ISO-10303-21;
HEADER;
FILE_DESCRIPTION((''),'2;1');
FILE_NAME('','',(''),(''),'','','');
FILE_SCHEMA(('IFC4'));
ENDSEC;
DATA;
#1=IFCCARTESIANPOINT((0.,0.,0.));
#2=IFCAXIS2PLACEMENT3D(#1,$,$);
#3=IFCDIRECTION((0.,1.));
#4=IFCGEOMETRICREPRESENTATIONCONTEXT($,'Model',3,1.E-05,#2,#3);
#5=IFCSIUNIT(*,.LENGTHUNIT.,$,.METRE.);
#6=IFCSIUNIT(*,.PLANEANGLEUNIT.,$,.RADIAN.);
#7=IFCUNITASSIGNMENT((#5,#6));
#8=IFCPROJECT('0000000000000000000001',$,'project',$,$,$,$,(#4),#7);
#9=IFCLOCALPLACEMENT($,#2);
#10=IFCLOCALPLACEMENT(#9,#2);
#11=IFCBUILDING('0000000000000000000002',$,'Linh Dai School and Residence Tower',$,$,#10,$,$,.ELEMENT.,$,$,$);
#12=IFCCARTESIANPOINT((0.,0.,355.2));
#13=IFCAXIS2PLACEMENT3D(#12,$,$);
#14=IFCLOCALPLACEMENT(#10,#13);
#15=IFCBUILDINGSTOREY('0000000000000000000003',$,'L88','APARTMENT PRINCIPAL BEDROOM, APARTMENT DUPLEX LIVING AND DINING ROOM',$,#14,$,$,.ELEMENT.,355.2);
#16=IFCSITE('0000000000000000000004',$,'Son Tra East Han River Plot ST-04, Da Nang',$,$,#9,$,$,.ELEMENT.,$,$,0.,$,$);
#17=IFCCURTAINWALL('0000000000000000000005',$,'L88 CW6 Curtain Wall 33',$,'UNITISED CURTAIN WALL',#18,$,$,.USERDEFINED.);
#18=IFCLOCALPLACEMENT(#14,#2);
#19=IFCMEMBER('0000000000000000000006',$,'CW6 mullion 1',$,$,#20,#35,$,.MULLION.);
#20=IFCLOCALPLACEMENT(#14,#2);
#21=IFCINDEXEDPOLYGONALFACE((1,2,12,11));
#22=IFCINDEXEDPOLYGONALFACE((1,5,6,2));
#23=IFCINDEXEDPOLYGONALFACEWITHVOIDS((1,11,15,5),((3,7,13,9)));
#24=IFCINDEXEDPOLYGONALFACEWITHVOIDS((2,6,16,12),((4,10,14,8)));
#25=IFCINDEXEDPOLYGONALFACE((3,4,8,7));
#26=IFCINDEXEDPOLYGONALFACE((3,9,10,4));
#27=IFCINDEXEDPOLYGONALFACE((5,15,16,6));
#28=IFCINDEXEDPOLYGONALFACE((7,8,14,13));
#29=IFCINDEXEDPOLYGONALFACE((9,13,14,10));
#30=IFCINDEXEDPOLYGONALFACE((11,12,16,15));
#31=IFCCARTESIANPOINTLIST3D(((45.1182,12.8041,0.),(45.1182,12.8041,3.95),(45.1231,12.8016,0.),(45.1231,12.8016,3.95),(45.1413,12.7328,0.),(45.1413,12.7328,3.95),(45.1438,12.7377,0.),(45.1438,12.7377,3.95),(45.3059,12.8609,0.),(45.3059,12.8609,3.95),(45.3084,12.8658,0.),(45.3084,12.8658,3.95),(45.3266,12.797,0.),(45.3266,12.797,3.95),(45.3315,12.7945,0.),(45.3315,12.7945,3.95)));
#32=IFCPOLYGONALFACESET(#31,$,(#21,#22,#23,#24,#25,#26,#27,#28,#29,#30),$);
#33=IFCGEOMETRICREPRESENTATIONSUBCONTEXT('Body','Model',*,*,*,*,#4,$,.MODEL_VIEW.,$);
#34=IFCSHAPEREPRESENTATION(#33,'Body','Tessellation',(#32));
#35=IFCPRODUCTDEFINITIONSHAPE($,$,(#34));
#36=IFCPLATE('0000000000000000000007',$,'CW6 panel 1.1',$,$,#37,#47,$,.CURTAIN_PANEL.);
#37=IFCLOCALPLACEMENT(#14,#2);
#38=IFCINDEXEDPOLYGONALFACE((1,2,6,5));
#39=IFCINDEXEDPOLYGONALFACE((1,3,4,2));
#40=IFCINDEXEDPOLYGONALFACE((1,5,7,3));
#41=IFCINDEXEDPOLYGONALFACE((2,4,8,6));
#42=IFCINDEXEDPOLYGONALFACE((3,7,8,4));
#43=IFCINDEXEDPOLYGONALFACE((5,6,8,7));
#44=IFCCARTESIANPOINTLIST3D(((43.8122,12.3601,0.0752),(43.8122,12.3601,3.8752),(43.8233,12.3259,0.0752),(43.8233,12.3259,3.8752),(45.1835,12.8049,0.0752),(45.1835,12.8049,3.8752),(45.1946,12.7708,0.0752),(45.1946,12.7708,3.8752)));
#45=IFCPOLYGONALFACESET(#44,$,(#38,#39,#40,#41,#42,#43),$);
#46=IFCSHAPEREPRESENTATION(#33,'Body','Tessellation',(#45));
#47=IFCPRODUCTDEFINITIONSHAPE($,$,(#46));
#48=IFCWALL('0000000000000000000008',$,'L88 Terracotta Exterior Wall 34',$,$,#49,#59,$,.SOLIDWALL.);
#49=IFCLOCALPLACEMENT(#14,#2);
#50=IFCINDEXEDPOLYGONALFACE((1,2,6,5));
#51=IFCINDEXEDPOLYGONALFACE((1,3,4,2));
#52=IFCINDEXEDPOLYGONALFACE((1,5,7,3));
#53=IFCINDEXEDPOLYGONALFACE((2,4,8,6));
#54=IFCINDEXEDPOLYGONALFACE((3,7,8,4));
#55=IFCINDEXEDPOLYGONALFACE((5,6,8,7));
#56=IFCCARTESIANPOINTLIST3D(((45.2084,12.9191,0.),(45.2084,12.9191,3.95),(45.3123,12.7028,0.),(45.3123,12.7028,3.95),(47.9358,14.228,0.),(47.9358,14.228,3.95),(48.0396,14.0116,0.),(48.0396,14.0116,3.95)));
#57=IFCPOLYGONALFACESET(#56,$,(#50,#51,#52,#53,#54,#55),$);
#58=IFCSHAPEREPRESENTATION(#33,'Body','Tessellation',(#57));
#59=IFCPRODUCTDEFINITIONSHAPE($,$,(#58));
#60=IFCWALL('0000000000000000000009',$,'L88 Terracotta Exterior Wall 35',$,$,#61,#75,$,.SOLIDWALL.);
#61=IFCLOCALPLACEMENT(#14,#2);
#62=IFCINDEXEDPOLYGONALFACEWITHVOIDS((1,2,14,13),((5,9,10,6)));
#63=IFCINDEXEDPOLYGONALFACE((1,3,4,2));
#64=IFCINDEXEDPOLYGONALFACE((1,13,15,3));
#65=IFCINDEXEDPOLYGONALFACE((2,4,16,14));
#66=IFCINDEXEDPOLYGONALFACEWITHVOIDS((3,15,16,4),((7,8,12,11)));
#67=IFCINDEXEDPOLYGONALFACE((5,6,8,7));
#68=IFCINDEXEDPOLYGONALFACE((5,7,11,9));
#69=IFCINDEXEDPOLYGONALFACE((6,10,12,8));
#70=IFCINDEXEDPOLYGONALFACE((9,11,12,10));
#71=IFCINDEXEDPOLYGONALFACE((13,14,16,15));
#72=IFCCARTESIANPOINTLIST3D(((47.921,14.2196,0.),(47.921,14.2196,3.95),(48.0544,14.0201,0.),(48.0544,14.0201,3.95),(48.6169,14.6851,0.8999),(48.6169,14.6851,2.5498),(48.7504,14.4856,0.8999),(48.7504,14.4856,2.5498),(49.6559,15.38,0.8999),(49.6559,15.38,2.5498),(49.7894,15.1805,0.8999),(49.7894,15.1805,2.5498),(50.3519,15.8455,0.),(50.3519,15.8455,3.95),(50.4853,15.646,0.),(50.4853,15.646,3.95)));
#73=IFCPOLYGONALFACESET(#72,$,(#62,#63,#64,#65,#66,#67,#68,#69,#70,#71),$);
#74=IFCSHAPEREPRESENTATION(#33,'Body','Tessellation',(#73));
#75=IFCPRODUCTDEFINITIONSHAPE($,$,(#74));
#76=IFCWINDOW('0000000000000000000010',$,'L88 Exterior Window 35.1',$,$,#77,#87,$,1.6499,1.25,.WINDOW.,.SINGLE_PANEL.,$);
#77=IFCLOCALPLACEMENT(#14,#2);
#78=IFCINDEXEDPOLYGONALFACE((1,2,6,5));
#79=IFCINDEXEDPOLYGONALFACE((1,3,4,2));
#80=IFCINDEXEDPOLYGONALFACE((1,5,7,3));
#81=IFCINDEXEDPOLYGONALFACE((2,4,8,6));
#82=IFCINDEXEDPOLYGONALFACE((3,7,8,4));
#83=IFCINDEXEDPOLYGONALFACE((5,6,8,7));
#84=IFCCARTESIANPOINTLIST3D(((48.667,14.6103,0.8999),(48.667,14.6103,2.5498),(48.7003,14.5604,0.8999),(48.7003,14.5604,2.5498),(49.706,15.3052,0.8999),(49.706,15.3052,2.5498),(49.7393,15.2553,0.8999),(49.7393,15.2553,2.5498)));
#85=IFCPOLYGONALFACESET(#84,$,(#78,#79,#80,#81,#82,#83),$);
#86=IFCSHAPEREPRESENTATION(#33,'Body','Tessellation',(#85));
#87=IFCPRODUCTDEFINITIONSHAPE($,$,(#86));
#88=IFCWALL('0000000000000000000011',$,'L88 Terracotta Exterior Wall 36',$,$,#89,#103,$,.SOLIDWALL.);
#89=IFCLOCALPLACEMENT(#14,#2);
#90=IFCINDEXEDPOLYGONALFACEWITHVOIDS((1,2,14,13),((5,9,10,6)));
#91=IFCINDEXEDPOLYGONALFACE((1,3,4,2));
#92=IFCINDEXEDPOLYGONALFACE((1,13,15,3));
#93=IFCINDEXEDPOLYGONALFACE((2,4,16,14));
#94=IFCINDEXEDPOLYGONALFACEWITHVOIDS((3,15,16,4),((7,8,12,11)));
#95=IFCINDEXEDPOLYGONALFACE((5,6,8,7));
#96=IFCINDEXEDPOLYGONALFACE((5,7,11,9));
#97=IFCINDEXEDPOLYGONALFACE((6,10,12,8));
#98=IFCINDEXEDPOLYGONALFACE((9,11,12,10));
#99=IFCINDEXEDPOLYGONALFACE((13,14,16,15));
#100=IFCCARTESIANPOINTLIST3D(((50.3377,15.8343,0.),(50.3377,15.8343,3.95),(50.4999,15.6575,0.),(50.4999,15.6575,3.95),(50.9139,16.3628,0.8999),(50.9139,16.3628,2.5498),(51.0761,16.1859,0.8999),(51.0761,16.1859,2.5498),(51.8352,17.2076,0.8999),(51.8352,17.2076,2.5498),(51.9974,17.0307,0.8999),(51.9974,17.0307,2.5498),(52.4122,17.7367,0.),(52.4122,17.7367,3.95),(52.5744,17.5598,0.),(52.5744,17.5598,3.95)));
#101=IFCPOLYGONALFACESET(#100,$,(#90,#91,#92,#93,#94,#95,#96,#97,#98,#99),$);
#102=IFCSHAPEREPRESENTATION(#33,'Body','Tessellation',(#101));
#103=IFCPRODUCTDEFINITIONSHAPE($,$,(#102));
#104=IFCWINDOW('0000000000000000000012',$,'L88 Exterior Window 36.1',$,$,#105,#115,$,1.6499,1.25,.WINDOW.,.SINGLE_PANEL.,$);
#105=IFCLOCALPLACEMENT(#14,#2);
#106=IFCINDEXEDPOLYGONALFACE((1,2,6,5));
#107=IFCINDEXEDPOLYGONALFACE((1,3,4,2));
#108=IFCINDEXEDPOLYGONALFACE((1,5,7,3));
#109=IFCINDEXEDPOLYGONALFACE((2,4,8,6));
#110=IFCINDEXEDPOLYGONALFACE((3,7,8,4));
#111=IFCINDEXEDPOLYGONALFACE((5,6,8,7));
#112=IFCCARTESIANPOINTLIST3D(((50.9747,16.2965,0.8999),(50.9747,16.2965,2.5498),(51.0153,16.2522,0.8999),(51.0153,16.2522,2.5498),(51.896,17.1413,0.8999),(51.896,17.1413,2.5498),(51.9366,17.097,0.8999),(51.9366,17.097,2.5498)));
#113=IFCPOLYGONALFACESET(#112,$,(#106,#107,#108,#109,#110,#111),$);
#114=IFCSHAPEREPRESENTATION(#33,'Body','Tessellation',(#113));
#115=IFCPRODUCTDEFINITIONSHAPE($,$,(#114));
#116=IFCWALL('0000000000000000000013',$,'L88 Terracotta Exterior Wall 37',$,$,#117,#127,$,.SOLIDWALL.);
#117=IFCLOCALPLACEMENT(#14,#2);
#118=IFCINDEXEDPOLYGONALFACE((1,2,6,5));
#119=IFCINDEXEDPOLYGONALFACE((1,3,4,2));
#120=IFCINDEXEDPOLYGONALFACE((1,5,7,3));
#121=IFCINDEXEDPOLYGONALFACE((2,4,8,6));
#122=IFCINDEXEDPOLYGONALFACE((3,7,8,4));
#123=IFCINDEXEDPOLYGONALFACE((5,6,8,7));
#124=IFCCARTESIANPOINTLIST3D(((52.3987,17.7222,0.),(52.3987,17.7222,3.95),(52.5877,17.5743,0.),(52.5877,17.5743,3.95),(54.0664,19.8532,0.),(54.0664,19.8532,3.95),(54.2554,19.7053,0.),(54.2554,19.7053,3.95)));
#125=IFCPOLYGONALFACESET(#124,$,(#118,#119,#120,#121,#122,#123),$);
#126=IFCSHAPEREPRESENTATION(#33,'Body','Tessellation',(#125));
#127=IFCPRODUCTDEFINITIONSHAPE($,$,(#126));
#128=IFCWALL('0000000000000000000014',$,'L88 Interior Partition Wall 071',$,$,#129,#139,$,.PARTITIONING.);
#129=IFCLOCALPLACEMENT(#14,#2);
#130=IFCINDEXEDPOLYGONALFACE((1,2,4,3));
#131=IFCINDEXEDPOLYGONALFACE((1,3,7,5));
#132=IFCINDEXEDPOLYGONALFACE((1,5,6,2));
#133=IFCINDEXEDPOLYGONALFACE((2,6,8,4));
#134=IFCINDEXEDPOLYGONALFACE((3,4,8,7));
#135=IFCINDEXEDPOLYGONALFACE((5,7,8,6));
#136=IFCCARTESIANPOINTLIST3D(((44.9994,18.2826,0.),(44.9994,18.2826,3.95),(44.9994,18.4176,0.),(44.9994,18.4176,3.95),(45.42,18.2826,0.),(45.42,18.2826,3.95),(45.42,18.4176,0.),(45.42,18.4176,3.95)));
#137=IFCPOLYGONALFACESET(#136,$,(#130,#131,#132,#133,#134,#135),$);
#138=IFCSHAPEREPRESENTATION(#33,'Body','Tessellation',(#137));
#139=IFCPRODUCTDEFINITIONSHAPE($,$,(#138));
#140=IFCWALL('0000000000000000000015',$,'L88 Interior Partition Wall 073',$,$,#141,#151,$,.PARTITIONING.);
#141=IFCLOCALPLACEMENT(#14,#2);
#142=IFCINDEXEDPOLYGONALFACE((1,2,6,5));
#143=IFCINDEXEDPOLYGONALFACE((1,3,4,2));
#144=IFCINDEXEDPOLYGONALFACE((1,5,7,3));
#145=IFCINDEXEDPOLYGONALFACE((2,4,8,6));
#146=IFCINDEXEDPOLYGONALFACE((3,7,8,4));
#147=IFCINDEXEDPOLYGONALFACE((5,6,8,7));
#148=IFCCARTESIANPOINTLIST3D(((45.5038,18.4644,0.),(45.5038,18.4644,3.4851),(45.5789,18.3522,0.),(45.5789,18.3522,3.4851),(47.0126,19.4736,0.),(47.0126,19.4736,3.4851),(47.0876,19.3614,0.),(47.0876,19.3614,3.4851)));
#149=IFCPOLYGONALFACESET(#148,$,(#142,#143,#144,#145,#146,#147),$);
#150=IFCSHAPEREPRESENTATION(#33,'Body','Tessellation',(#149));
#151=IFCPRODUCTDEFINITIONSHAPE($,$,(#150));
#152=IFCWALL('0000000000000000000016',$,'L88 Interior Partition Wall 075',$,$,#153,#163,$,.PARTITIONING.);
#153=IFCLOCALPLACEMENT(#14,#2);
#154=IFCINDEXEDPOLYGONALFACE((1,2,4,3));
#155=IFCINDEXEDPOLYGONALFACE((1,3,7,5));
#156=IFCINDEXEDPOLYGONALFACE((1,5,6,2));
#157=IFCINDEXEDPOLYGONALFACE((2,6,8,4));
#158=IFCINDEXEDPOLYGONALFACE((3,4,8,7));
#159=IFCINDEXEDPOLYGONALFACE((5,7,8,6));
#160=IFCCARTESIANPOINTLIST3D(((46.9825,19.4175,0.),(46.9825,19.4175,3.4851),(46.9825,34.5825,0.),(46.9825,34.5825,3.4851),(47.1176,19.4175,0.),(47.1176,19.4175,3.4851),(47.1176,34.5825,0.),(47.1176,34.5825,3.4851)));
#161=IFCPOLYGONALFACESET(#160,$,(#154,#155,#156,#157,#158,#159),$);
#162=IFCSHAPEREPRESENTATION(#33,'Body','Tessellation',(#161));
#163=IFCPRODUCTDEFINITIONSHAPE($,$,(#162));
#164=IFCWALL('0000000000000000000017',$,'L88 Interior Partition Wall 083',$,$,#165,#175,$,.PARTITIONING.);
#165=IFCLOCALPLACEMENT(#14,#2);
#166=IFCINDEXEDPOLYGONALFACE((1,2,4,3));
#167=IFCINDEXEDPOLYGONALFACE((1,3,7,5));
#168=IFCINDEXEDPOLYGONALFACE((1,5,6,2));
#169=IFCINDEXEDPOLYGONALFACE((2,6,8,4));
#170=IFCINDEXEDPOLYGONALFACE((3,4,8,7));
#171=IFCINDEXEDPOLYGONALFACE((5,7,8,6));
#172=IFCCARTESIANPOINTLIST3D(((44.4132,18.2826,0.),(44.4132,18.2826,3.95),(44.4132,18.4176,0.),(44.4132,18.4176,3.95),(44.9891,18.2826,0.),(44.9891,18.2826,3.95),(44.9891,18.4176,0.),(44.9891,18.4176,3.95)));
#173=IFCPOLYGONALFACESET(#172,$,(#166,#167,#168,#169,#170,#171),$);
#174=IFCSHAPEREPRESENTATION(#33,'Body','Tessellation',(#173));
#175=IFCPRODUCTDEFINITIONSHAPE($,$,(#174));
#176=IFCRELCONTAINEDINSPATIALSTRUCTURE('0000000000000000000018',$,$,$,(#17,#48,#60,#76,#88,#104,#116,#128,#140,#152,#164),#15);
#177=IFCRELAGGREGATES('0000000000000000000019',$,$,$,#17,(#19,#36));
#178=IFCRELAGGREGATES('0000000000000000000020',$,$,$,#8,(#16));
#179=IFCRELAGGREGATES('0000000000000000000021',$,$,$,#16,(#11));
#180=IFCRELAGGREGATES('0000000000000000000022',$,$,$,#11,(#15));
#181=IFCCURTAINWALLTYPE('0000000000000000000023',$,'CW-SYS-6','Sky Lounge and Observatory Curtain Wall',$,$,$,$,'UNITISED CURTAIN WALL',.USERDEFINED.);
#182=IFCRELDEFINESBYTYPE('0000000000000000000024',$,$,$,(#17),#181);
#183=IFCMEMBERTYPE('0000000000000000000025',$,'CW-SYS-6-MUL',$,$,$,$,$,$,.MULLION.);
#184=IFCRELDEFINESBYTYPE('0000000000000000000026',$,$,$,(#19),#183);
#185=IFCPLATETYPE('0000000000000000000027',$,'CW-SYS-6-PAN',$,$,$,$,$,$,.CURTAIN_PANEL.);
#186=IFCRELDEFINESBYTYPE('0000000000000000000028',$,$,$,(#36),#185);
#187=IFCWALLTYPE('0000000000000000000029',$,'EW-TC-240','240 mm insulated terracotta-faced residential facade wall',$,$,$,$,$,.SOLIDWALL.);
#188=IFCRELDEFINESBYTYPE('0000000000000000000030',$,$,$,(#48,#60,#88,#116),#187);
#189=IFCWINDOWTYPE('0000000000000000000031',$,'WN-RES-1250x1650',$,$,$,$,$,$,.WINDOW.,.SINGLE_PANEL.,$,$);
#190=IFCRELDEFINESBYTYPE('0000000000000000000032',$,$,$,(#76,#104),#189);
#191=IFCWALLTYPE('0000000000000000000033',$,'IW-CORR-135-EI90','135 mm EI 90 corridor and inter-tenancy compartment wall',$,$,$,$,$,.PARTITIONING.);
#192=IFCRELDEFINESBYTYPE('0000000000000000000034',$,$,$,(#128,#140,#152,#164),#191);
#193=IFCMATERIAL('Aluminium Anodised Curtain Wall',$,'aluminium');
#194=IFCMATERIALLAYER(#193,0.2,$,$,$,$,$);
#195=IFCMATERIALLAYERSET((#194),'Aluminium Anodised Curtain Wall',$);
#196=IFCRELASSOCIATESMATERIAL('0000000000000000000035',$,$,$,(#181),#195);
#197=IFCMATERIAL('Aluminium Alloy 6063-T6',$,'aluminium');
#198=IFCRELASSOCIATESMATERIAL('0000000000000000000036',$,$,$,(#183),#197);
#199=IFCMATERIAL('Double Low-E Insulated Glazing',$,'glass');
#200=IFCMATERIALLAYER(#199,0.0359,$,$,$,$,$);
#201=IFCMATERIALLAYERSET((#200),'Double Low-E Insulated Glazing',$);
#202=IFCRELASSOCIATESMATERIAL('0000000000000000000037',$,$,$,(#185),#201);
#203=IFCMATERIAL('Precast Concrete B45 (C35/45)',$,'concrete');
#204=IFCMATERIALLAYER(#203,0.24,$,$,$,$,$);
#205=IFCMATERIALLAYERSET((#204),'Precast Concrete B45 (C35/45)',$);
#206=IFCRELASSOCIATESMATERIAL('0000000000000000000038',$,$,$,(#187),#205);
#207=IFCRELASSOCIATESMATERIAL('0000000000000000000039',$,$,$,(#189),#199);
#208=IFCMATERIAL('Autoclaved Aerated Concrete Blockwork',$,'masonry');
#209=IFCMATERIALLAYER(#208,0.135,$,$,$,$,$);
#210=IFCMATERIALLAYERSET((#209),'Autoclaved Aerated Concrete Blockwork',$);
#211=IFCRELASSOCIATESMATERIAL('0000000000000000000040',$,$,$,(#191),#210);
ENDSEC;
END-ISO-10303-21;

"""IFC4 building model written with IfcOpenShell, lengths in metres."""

from ifc_helpers import new_model, si_unit, direction, frame, frame_2d, origin, origin_2d, place, context, subcontext, project, spatial, rectangle, hollow_rectangle, extrude, source, transform, mapped, material, layer, layer_set, material_profile, profile_set, type_object, element, fill, aggregate, save


model = new_model("IFC4")

# Units and contexts
model_context = context("Model", 3, precision=1e-05, world=origin(), true_north=direction((0.0, 1.0)))
body_context = subcontext(model_context, "Body", "Model", "MODEL_VIEW")
ifc_project = project(units=[si_unit("LENGTHUNIT", "METRE"), si_unit("PLANEANGLEUNIT", "RADIAN")], contexts=[model_context])

# Site, building, storey
site_placement = place(None, origin())
site = spatial("IfcSite", under=ifc_project, at=site_placement, Name="Son Tra East Han River Plot ST-04, Da Nang", CompositionType="ELEMENT", RefElevation=0.0)
building_placement = place(site_placement, origin())
building = spatial("IfcBuilding", under=site, at=building_placement, Name="Linh Dai School and Residence Tower", CompositionType="ELEMENT")
storey_placement = place(building_placement, frame((0.0, 0.0, 355.2)))
storey = spatial("IfcBuildingStorey", under=building, at=storey_placement, Name="L88", Description="APARTMENT PRINCIPAL BEDROOM, APARTMENT DUPLEX LIVING AND DINING ROOM", CompositionType="ELEMENT", Elevation=355.2)

# Curtain wall, member, plate
ifc_material_1 = material(Name="Aluminium Anodised Curtain Wall", Category="aluminium")
ifc_layer_1 = layer(ifc_material_1, 0.2)
ifc_layer_set_1 = layer_set([ifc_layer_1], Name="Aluminium Anodised Curtain Wall")
curtain_wall_type = type_object("IfcCurtainWallType", Name="CW-SYS-6", Description="Sky Lounge and Observatory Curtain Wall", ElementType="UNITISED CURTAIN WALL", PredefinedType="USERDEFINED", material=ifc_layer_set_1)
curtain_wall_placement = place(storey_placement, origin())
curtain_wall = element("IfcCurtainWall", 1, at=curtain_wall_placement, inside=storey, type_object=curtain_wall_type, Name="L88 CW6 Curtain Wall 33", ObjectType="UNITISED CURTAIN WALL", PredefinedType="USERDEFINED")
ifc_material_2 = material(Name="Aluminium Alloy 6063-T6", Category="aluminium")
ifc_material_profile_1 = material_profile(ifc_material_2, hollow_rectangle(XDim=0.075, YDim=0.2, WallThickness=0.0039, at=origin_2d()), Name="RHS 200x75x4")
ifc_profile_set_1 = profile_set([ifc_material_profile_1], Name="Aluminium Alloy 6063-T6")
member_type_1 = type_object("IfcMemberType", Name="CW-SYS-6-MUL", PredefinedType="MULLION", material=ifc_profile_set_1)
shared_shape_1 = source(origin(), body_context, "Body", "SweptSolid", [
    extrude(hollow_rectangle(XDim=0.075, YDim=0.2, WallThickness=0.0039, at=origin_2d()), origin(), (0.0, 0.0, 1.0), 3.95),
])
member_1_placement = place(storey_placement, frame((45.2249, 12.7993, 0.0), z_axis=(0.0, 0.0, 1.0), x_axis=(0.308565, -0.951203, 0.0)))
member_1 = element("IfcMember", 2, at=member_1_placement, type_object=member_type_1, Name="CW6 mullion 1", PredefinedType="MULLION", context=body_context, shape_type="MappedRepresentation", body=[
    mapped(shared_shape_1, transform((0.0, 0.0, 0.0), x_axis=(1.0, 0.0, 0.0), y_axis=(0.0, 1.0, 0.0), z_axis=(0.0, 0.0, 1.0), scale=1.0)),
])
ifc_material_3 = material(Name="Double Low-E Insulated Glazing", Category="glass")
ifc_layer_2 = layer(ifc_material_3, 0.0359)
ifc_layer_set_2 = layer_set([ifc_layer_2], Name="Double Low-E Insulated Glazing")
plate_type = type_object("IfcPlateType", Name="CW-SYS-6-PAN", PredefinedType="CURTAIN_PANEL", material=ifc_layer_set_2)
shared_shape_2 = source(origin(), body_context, "Body", "SweptSolid", [
    extrude(rectangle(XDim=1.4417, YDim=0.0359, at=origin_2d()), origin(), (0.0, 0.0, 1.0), 3.8),
])
plate_placement = place(storey_placement, frame((44.5034, 12.5654, 0.0752), z_axis=(0.0, 0.0, 1.0), x_axis=(-0.951203, -0.308565, 0.0)))
plate = element("IfcPlate", 3, at=plate_placement, type_object=plate_type, Name="CW6 panel 1.1", PredefinedType="CURTAIN_PANEL", context=body_context, shape_type="MappedRepresentation", body=[
    mapped(shared_shape_2, transform((0.0, 0.0, 0.0), x_axis=(1.0, 0.0, 0.0), y_axis=(0.0, 1.0, 0.0), z_axis=(0.0, 0.0, 1.0), scale=1.0)),
])
aggregate(curtain_wall, [member_1, plate])

# Wall
ifc_material_4 = material(Name="Precast Concrete B45 (C35/45)", Category="concrete")
ifc_layer_3 = layer(ifc_material_4, 0.24)
ifc_layer_set_3 = layer_set([ifc_layer_3], Name="Precast Concrete B45 (C35/45)")
wall_type_1 = type_object("IfcWallType", Name="EW-TC-240", Description="240 mm insulated terracotta-faced residential facade wall", PredefinedType="SOLIDWALL", material=ifc_layer_set_3)
wall_1_placement = place(storey_placement, frame((47.9878, 14.1199, 0.0), z_axis=(0.0, 0.0, 1.0), x_axis=(-0.901557, -0.43266, 0.0)))
element("IfcWall", 4, at=wall_1_placement, inside=storey, type_object=wall_type_1, Name="L88 Terracotta Exterior Wall 34", PredefinedType="SOLIDWALL", context=body_context, shape_type="SweptSolid", body=[
    extrude(rectangle(XDim=3.0251, YDim=0.24, at=frame_2d((1.5127, 0.0))), origin(), (0.0, 0.0, 1.0), 3.95),
])

# Walls, openings, windows
wall_2_placement = place(storey_placement, frame((50.4187, 15.7458, 0.0), z_axis=(0.0, 0.0, 1.0), x_axis=(-0.831202, -0.555971, 0.0)))
wall_2 = element("IfcWall", 5, at=wall_2_placement, inside=storey, type_object=wall_type_1, Name="L88 Terracotta Exterior Wall 35", PredefinedType="SOLIDWALL", context=body_context, shape_type="SweptSolid", body=[
    extrude(rectangle(XDim=2.9246, YDim=0.24, at=frame_2d((1.4624, 0.0))), origin(), (0.0, 0.0, 1.0), 3.95),
])
opening_1_placement = place(wall_2_placement, frame((0.8374, 0.0, 0.8999)))
opening_1 = element("IfcOpeningElement", 6, at=opening_1_placement, cuts=wall_2, PredefinedType="OPENING", context=body_context, shape_type="SweptSolid", body=[
    extrude(rectangle(XDim=1.25, YDim=1.6499, at=origin_2d()), frame((0.625, 0.1299, 0.825), z_axis=(0.0, -1.0, 0.0), x_axis=(1.0, 0.0, 0.0)), (0.0, 0.0, 1.0), 0.26),
])
window_type = type_object("IfcWindowType", Name="WN-RES-1250x1650", PartitioningType="SINGLE_PANEL", PredefinedType="WINDOW", material=ifc_material_3)
shared_shape_3 = source(origin(), body_context, "Body", "SweptSolid", [
    extrude(rectangle(XDim=1.25, YDim=1.6499, at=origin_2d()), frame((0.625, 0.03, 0.825), z_axis=(0.0, -1.0, 0.0), x_axis=(1.0, 0.0, 0.0)), (0.0, 0.0, 1.0), 0.0601),
])
window_1_placement = place(opening_1_placement, origin())
window_1 = element("IfcWindow", 7, at=window_1_placement, inside=storey, type_object=window_type, Name="L88 Exterior Window 35.1", OverallHeight=1.6499, OverallWidth=1.25, PartitioningType="SINGLE_PANEL", PredefinedType="WINDOW", context=body_context, shape_type="MappedRepresentation", body=[
    mapped(shared_shape_3, transform((0.0, 0.0, 0.0), x_axis=(1.0, 0.0, 0.0), y_axis=(0.0, 1.0, 0.0), z_axis=(0.0, 0.0, 1.0), scale=1.0)),
])
fill(opening_1, window_1)
wall_3_placement = place(storey_placement, frame((52.4932, 17.6482, 0.0), z_axis=(0.0, 0.0, 1.0), x_axis=(-0.737021, -0.67587, 0.0)))
wall_3 = element("IfcWall", 8, at=wall_3_placement, inside=storey, type_object=wall_type_1, Name="L88 Terracotta Exterior Wall 36", PredefinedType="SOLIDWALL", context=body_context, shape_type="SweptSolid", body=[
    extrude(rectangle(XDim=2.8147, YDim=0.24, at=frame_2d((1.4072, 0.0))), origin(), (0.0, 0.0, 1.0), 3.95),
])
opening_2_placement = place(wall_3_placement, frame((0.7827, 0.0, 0.8999)))
opening_2 = element("IfcOpeningElement", 9, at=opening_2_placement, cuts=wall_3, PredefinedType="OPENING", context=body_context, shape_type="SweptSolid", body=[
    extrude(rectangle(XDim=1.25, YDim=1.6499, at=origin_2d()), frame((0.625, 0.1299, 0.825), z_axis=(0.0, -1.0, 0.0), x_axis=(1.0, 0.0, 0.0)), (0.0, 0.0, 1.0), 0.26),
])
window_2_placement = place(opening_2_placement, origin())
window_2 = element("IfcWindow", 10, at=window_2_placement, inside=storey, type_object=window_type, Name="L88 Exterior Window 36.1", OverallHeight=1.6499, OverallWidth=1.25, PartitioningType="SINGLE_PANEL", PredefinedType="WINDOW", context=body_context, shape_type="MappedRepresentation", body=[
    mapped(shared_shape_3, transform((0.0, 0.0, 0.0), x_axis=(1.0, 0.0, 0.0), y_axis=(0.0, 1.0, 0.0), z_axis=(0.0, 0.0, 1.0), scale=1.0)),
])
fill(opening_2, window_2)

# Walls
wall_4_placement = place(storey_placement, frame((54.1609, 19.7793, 0.0), z_axis=(0.0, 0.0, 1.0), x_axis=(-0.616286, -0.787522, 0.0)))
element("IfcWall", 11, at=wall_4_placement, inside=storey, type_object=wall_type_1, Name="L88 Terracotta Exterior Wall 37", PredefinedType="SOLIDWALL", context=body_context, shape_type="SweptSolid", body=[
    extrude(rectangle(XDim=2.7061, YDim=0.24, at=frame_2d((1.353, 0.0))), origin(), (0.0, 0.0, 1.0), 3.95),
])
ifc_material_5 = material(Name="Autoclaved Aerated Concrete Blockwork", Category="masonry")
ifc_layer_4 = layer(ifc_material_5, 0.135)
ifc_layer_set_4 = layer_set([ifc_layer_4], Name="Autoclaved Aerated Concrete Blockwork")
wall_type_2 = type_object("IfcWallType", Name="IW-CORR-135-EI90", Description="135 mm EI 90 corridor and inter-tenancy compartment wall", PredefinedType="PARTITIONING", material=ifc_layer_set_4)
wall_5_placement = place(storey_placement, frame((44.9993, 18.3501, 0.0), z_axis=(0.0, 0.0, 1.0), x_axis=(1.0, 0.0, 0.0)))
element("IfcWall", 12, at=wall_5_placement, inside=storey, type_object=wall_type_2, Name="L88 Interior Partition Wall 071", PredefinedType="PARTITIONING", context=body_context, shape_type="SweptSolid", body=[
    extrude(rectangle(XDim=0.4207, YDim=0.135, at=frame_2d((0.2104, 0.0))), origin(), (0.0, 0.0, 1.0), 3.95),
])
wall_6_placement = place(storey_placement, frame((45.5413, 18.4082, 0.0), z_axis=(0.0, 0.0, 1.0), x_axis=(0.83118, 0.556003, 0.0)))
element("IfcWall", 13, at=wall_6_placement, inside=storey, type_object=wall_type_2, Name="L88 Interior Partition Wall 073", PredefinedType="PARTITIONING", context=body_context, shape_type="SweptSolid", body=[
    extrude(rectangle(XDim=1.8152, YDim=0.135, at=frame_2d((0.9077, 0.0))), origin(), (0.0, 0.0, 1.0), 3.4851),
])
wall_7_placement = place(storey_placement, frame((47.05, 19.4175, 0.0), z_axis=(0.0, 0.0, 1.0), x_axis=(0.0, 1.0, 0.0)))
element("IfcWall", 14, at=wall_7_placement, inside=storey, type_object=wall_type_2, Name="L88 Interior Partition Wall 075", PredefinedType="PARTITIONING", context=body_context, shape_type="SweptSolid", body=[
    extrude(rectangle(XDim=15.165, YDim=0.135, at=frame_2d((7.5825, 0.0))), origin(), (0.0, 0.0, 1.0), 3.4851),
])
wall_8_placement = place(storey_placement, frame((44.9893, 18.3501, 0.0), z_axis=(0.0, 0.0, 1.0), x_axis=(-1.0, 0.0, 0.0)))
element("IfcWall", 15, at=wall_8_placement, inside=storey, type_object=wall_type_2, Name="L88 Interior Partition Wall 083", PredefinedType="PARTITIONING", context=body_context, shape_type="SweptSolid", body=[
    extrude(rectangle(XDim=0.5759, YDim=0.135, at=frame_2d((0.2881, 0.0))), origin(), (0.0, 0.0, 1.0), 3.95),
])

save(model, "model.ifc")
